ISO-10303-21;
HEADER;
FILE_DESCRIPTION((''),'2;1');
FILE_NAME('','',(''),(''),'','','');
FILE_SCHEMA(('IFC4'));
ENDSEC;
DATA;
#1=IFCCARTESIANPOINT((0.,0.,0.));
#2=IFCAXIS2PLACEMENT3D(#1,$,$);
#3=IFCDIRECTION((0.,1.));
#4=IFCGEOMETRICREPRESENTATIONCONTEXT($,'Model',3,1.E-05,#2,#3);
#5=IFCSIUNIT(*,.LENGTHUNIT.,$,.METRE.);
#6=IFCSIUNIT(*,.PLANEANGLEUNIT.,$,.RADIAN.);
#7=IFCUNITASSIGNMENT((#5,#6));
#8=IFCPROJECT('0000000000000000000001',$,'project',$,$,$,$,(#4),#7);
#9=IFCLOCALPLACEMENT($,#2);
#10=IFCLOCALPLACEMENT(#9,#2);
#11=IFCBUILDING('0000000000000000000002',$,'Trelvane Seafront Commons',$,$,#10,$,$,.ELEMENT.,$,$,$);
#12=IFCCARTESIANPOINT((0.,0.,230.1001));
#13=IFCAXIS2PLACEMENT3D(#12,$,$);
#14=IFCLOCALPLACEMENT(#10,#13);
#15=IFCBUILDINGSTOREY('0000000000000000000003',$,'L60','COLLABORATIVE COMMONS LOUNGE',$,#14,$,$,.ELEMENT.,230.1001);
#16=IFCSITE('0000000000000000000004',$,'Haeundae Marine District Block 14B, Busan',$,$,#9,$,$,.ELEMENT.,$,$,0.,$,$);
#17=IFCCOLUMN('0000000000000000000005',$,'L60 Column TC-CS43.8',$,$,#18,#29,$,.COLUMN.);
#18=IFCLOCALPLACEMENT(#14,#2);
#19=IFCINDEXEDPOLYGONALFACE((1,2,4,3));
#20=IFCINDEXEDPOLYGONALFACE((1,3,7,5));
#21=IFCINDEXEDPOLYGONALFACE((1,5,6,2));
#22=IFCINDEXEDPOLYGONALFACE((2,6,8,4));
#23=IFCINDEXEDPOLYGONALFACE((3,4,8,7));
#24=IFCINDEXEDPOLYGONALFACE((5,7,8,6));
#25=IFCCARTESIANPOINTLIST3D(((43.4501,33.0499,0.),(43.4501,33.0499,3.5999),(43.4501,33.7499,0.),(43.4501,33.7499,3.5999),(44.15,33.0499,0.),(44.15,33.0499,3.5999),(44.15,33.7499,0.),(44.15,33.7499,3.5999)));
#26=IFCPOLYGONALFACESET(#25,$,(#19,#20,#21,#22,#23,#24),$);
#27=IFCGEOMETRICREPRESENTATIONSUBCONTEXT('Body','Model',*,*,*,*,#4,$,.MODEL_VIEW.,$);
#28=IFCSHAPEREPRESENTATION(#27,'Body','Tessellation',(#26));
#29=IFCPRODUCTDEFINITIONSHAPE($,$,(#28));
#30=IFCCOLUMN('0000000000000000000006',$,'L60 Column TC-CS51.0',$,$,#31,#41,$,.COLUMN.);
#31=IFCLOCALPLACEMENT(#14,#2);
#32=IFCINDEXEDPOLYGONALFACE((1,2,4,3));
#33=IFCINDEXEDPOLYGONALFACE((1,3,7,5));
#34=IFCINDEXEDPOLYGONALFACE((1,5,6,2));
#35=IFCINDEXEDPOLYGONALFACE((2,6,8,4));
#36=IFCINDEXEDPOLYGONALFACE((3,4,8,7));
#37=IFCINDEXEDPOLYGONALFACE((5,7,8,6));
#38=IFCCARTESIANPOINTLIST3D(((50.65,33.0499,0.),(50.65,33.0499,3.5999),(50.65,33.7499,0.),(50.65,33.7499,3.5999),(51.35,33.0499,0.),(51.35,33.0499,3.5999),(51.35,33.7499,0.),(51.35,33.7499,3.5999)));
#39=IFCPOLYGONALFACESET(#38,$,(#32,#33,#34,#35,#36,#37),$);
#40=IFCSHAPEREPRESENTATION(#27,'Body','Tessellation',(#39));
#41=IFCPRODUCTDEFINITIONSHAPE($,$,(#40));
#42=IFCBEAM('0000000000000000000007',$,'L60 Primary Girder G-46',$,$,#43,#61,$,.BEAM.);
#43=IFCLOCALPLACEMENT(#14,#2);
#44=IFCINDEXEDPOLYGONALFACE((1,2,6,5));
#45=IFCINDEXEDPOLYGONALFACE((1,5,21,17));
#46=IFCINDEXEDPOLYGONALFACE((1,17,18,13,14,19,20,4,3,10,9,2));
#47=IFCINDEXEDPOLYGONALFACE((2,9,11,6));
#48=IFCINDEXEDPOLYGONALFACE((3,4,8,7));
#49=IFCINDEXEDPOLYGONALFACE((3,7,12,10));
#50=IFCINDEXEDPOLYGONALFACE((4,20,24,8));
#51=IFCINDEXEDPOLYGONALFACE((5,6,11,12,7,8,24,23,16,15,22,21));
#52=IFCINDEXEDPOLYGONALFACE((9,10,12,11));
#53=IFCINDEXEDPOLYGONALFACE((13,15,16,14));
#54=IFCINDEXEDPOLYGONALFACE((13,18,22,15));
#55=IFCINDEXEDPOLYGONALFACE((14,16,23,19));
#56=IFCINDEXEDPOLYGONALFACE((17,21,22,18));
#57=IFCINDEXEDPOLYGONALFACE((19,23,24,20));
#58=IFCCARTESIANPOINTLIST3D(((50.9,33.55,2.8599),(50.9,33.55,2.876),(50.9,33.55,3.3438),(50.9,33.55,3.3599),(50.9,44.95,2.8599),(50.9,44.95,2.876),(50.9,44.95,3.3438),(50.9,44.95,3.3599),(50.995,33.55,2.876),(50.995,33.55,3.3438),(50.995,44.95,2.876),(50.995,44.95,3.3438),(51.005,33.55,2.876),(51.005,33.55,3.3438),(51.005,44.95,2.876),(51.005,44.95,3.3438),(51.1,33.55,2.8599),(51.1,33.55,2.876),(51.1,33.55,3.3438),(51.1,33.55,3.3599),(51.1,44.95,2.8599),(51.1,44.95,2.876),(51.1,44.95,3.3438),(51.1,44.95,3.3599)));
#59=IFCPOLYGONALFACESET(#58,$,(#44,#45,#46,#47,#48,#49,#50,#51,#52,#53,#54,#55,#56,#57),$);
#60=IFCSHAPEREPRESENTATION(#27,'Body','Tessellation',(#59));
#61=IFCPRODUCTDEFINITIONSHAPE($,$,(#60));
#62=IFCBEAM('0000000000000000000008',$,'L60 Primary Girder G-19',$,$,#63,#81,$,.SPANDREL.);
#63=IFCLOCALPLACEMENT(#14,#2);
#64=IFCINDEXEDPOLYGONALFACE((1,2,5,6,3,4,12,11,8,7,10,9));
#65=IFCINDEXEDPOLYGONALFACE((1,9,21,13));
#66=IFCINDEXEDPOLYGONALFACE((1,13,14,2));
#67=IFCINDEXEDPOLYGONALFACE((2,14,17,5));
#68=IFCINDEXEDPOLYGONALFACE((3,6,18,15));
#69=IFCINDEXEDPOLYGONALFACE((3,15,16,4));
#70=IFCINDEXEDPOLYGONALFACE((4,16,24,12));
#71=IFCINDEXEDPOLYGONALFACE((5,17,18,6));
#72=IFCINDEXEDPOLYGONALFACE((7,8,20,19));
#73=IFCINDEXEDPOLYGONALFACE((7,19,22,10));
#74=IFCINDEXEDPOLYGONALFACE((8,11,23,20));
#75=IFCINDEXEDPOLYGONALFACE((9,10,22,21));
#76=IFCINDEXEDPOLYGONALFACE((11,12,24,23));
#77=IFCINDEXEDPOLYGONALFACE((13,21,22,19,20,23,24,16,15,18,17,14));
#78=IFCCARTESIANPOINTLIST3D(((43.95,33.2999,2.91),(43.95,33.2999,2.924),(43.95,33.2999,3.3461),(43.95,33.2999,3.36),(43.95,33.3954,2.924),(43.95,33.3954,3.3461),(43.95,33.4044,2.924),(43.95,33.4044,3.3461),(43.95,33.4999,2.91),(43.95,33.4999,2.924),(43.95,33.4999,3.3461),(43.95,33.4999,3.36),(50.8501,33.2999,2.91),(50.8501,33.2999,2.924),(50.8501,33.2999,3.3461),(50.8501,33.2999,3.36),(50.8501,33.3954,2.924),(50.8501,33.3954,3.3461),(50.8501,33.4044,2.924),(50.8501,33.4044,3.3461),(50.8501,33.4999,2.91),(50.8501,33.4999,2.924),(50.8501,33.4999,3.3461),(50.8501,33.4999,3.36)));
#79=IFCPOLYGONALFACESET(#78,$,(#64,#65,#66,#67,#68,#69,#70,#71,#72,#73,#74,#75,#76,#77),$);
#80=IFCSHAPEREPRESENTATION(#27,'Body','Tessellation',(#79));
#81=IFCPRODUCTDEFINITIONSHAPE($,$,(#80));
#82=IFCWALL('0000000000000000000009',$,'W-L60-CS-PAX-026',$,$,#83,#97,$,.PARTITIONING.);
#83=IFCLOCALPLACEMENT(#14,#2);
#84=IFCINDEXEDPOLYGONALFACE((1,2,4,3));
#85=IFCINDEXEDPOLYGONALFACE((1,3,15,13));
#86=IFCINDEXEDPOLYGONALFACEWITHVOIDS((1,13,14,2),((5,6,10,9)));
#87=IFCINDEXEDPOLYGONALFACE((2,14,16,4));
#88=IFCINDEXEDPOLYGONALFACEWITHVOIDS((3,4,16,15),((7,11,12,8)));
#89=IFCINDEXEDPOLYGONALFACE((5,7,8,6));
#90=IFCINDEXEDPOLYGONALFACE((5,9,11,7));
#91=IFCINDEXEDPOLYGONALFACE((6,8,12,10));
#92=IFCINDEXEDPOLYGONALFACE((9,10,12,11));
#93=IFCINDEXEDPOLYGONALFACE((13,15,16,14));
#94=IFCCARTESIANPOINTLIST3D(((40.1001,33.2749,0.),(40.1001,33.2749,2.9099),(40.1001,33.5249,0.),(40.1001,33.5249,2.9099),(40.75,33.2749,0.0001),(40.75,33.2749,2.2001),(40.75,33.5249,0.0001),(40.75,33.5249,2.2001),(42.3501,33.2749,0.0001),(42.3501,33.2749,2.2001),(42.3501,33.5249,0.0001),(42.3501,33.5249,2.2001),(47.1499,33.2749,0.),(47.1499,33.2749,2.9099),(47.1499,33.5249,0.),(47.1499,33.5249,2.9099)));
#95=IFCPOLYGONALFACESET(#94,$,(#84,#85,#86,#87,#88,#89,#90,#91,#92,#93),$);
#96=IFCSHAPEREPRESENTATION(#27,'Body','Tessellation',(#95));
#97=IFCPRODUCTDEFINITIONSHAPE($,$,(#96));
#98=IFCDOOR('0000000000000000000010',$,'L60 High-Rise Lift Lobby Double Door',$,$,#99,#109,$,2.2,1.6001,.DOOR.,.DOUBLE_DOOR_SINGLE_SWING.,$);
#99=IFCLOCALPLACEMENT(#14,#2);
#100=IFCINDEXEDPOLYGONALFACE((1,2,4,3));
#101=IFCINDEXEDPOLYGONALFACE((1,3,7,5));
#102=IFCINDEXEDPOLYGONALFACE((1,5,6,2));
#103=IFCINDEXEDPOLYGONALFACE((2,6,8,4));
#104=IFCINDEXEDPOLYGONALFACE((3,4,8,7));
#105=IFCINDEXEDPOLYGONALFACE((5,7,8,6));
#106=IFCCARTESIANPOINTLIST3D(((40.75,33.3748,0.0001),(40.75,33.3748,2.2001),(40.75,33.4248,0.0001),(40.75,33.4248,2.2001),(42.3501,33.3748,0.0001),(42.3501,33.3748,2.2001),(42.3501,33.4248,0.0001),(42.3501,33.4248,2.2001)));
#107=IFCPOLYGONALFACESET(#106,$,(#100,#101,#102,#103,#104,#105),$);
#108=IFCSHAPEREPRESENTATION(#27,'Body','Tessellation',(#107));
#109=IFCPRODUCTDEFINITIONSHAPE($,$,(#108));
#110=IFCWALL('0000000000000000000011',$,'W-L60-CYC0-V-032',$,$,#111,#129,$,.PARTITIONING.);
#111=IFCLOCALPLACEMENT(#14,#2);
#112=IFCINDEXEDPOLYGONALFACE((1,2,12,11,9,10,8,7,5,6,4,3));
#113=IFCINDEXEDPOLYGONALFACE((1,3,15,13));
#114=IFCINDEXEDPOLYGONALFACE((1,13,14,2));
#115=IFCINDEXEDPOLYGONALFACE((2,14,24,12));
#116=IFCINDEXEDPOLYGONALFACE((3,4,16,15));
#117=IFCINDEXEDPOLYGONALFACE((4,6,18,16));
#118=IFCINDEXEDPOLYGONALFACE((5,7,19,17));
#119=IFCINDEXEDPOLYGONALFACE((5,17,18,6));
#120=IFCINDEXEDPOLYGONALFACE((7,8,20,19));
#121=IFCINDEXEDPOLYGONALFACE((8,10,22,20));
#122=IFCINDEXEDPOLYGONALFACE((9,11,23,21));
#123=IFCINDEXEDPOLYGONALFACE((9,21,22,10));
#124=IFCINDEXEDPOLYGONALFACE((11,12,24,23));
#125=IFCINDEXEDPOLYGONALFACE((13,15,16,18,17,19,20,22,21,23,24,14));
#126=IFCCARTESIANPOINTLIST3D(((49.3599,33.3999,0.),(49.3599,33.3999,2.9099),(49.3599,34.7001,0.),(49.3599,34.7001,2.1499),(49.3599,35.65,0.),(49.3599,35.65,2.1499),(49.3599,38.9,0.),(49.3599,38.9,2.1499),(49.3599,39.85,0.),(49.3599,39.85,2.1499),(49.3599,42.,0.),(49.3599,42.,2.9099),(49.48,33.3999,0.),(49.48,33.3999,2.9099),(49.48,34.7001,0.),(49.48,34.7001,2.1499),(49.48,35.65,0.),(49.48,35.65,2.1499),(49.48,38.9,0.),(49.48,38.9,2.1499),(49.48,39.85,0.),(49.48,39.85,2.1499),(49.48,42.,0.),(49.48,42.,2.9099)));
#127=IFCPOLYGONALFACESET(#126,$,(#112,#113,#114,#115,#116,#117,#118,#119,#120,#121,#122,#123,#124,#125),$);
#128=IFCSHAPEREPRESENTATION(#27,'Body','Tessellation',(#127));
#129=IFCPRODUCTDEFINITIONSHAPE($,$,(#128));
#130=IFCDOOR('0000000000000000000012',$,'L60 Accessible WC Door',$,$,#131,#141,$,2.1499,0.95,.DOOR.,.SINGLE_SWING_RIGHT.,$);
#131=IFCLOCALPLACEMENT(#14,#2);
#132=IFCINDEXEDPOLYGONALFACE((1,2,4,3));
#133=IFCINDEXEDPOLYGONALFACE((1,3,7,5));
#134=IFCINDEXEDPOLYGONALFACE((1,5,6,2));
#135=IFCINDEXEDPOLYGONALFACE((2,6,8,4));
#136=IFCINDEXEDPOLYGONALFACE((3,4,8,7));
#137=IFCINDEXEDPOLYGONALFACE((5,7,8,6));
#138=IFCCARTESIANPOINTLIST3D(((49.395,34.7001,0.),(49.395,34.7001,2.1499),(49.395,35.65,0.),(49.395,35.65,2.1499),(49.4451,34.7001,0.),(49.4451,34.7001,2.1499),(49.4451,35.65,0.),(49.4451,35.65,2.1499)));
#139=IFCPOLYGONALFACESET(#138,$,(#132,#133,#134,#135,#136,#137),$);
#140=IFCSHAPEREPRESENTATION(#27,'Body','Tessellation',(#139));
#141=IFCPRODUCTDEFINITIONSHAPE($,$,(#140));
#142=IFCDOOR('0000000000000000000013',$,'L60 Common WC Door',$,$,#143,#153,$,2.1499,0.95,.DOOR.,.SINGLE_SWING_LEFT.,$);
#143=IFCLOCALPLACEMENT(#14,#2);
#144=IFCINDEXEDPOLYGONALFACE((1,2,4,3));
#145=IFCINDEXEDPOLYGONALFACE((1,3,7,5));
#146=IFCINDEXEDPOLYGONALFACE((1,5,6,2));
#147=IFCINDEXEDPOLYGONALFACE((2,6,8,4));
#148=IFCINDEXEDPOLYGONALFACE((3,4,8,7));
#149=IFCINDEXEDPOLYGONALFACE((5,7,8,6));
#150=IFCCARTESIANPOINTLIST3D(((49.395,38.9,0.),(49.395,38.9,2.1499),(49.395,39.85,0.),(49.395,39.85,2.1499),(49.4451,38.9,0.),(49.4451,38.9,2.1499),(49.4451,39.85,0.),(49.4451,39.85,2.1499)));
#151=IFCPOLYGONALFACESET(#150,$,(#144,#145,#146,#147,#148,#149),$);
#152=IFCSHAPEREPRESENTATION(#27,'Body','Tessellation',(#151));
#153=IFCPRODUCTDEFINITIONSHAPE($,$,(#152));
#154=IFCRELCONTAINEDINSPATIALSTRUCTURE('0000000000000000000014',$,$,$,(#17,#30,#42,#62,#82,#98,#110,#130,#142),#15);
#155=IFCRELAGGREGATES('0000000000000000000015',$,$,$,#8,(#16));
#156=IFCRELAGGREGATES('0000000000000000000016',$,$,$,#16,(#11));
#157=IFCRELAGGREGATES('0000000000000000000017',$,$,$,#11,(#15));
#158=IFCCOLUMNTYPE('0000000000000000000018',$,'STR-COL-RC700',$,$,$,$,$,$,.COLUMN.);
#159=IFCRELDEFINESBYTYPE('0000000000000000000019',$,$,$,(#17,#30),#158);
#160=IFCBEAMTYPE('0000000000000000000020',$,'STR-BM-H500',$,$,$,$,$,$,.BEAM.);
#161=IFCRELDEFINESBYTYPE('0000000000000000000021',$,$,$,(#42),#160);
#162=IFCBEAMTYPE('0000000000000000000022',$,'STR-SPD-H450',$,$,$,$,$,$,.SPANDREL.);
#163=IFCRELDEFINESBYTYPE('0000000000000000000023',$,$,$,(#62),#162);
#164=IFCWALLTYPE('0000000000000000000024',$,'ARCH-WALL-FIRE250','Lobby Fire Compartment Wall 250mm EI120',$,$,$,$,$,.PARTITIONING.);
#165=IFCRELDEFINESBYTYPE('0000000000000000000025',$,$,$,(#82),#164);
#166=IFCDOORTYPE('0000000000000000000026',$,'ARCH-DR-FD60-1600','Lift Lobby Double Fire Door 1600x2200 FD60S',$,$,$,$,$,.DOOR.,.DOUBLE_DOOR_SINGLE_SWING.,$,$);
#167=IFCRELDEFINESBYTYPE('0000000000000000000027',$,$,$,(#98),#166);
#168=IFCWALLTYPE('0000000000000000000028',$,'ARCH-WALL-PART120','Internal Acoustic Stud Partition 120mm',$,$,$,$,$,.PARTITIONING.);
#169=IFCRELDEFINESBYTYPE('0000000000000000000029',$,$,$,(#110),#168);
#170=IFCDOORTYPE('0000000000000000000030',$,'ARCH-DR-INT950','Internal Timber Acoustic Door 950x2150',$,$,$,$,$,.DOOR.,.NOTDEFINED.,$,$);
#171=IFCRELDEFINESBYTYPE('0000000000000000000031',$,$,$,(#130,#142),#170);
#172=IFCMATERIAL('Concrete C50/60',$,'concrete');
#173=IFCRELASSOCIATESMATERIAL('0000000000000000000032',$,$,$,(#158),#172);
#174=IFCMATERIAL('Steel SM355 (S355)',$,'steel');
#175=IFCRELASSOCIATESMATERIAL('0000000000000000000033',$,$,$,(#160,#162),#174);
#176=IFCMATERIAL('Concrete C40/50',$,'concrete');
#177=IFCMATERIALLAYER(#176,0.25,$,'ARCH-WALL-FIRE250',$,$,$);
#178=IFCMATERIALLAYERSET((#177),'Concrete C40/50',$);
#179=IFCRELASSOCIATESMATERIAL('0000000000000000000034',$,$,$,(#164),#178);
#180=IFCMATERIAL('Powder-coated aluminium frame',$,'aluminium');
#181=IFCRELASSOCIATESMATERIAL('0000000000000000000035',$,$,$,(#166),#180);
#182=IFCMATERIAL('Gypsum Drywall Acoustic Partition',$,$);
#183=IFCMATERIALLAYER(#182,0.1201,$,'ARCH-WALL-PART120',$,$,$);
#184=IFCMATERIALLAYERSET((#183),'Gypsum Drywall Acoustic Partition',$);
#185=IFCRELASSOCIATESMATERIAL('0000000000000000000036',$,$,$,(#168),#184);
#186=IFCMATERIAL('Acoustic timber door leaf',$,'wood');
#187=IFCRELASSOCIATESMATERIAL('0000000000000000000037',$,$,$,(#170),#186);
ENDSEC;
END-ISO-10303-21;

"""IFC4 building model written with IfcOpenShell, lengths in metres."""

from ifc_helpers import new_model, si_unit, direction, frame, frame_2d, origin, origin_2d, place, context, subcontext, project, spatial, rectangle, i_section, extrude, source, transform, mapped, material, layer, layer_set, material_profile, profile_set, type_object, element, fill, save


model = new_model("IFC4")

# Units and contexts
model_context = context("Model", 3, precision=1e-05, world=origin(), true_north=direction((0.0, 1.0)))
body_context = subcontext(model_context, "Body", "Model", "MODEL_VIEW")
ifc_project = project(units=[si_unit("LENGTHUNIT", "METRE"), si_unit("PLANEANGLEUNIT", "RADIAN")], contexts=[model_context])

# Site, building, storey
site_placement = place(None, origin())
site = spatial("IfcSite", under=ifc_project, at=site_placement, Name="Haeundae Marine District Block 14B, Busan", CompositionType="ELEMENT", RefElevation=0.0)
building_placement = place(site_placement, origin())
building = spatial("IfcBuilding", under=site, at=building_placement, Name="Trelvane Seafront Commons", CompositionType="ELEMENT")
storey_placement = place(building_placement, frame((0.0, 0.0, 230.1001)))
storey = spatial("IfcBuildingStorey", under=building, at=storey_placement, Name="L60", Description="COLLABORATIVE COMMONS LOUNGE", CompositionType="ELEMENT", Elevation=230.1001)

# Columns
ifc_material_1 = material(Name="Concrete C50/60", Category="concrete")
ifc_material_profile_1 = material_profile(ifc_material_1, rectangle(XDim=0.7, YDim=0.7, at=origin_2d()), Name="RC-700x700")
ifc_profile_set_1 = profile_set([ifc_material_profile_1], Name="Concrete C50/60")
column_type = type_object("IfcColumnType", Name="STR-COL-RC700", PredefinedType="COLUMN", material=ifc_profile_set_1)
shared_shape_1 = source(origin(), body_context, "Body", "SweptSolid", [
    extrude(rectangle(XDim=0.7, YDim=0.7, at=origin_2d()), origin(), (0.0, 0.0, 1.0), 3.5999),
])
for number, where, z_axis, x_axis, name in (
    (1, (43.8, 33.3999, 0.0), (0.0, 0.0, 1.0), (1.0, 0.0, 0.0), "L60 Column TC-CS43.8"),
    (2, (51.0, 33.3999, 0.0), (0.0, 0.0, 1.0), (1.0, 0.0, 0.0), "L60 Column TC-CS51.0"),
):
    element("IfcColumn", number, at=place(storey_placement, frame(where, z_axis=z_axis, x_axis=x_axis)), inside=storey, type_object=column_type, Name=name, PredefinedType="COLUMN", context=body_context, shape_type="MappedRepresentation", body=[
        mapped(shared_shape_1, transform((0.0, 0.0, 0.0), x_axis=(1.0, 0.0, 0.0), y_axis=(0.0, 1.0, 0.0), z_axis=(0.0, 0.0, 1.0), scale=1.0)),
    ])

# Beams
ifc_material_2 = material(Name="Steel SM355 (S355)", Category="steel")
ifc_material_profile_2 = material_profile(ifc_material_2, i_section(OverallWidth=0.2, OverallDepth=0.5, WebThickness=0.01, FlangeThickness=0.0161, at=origin_2d()), Name="H-500x200x10x16")
ifc_profile_set_2 = profile_set([ifc_material_profile_2], Name="Steel SM355 (S355)")
beam_type_1 = type_object("IfcBeamType", Name="STR-BM-H500", PredefinedType="BEAM", material=ifc_profile_set_2)
shared_shape_2 = source(origin(), body_context, "Body", "SweptSolid", [
    extrude(i_section(OverallWidth=0.2, OverallDepth=0.5, WebThickness=0.01, FlangeThickness=0.0161, at=origin_2d()), origin(), (0.0, 0.0, 1.0), 11.3999),
])
beam_1_placement = place(storey_placement, frame((51.0, 33.55, 3.1099), z_axis=(0.0, 1.0, 0.0), x_axis=(-1.0, 0.0, 0.0)))
element("IfcBeam", 3, at=beam_1_placement, inside=storey, type_object=beam_type_1, Name="L60 Primary Girder G-46", PredefinedType="BEAM", context=body_context, shape_type="MappedRepresentation", body=[
    mapped(shared_shape_2, transform((0.0, 0.0, 0.0), x_axis=(1.0, 0.0, 0.0), y_axis=(0.0, 1.0, 0.0), z_axis=(0.0, 0.0, 1.0), scale=1.0)),
])
ifc_material_profile_3 = material_profile(ifc_material_2, i_section(OverallWidth=0.2, OverallDepth=0.45, WebThickness=0.009, FlangeThickness=0.0139, at=origin_2d()), Name="H-450x200x9x14")
ifc_profile_set_3 = profile_set([ifc_material_profile_3], Name="Steel SM355 (S355)")
beam_type_2 = type_object("IfcBeamType", Name="STR-SPD-H450", PredefinedType="SPANDREL", material=ifc_profile_set_3)
shared_shape_3 = source(origin(), body_context, "Body", "SweptSolid", [
    extrude(i_section(OverallWidth=0.2, OverallDepth=0.45, WebThickness=0.009, FlangeThickness=0.0139, at=origin_2d()), origin(), (0.0, 0.0, 1.0), 6.9001),
])
beam_2_placement = place(storey_placement, frame((43.95, 33.3999, 3.135), z_axis=(1.0, 0.0, 0.0), x_axis=(0.0, 1.0, 0.0)))
element("IfcBeam", 4, at=beam_2_placement, inside=storey, type_object=beam_type_2, Name="L60 Primary Girder G-19", PredefinedType="SPANDREL", context=body_context, shape_type="MappedRepresentation", body=[
    mapped(shared_shape_3, transform((0.0, 0.0, 0.0), x_axis=(1.0, 0.0, 0.0), y_axis=(0.0, 1.0, 0.0), z_axis=(0.0, 0.0, 1.0), scale=1.0)),
])

# Wall, opening, door
ifc_material_3 = material(Name="Concrete C40/50", Category="concrete")
ifc_layer_1 = layer(ifc_material_3, 0.25, Name="ARCH-WALL-FIRE250")
ifc_layer_set_1 = layer_set([ifc_layer_1], Name="Concrete C40/50")
wall_type_1 = type_object("IfcWallType", Name="ARCH-WALL-FIRE250", Description="Lobby Fire Compartment Wall 250mm EI120", PredefinedType="PARTITIONING", material=ifc_layer_set_1)
wall_1_placement = place(storey_placement, frame((40.1001, 33.3999, 0.0), z_axis=(0.0, 0.0, 1.0), x_axis=(1.0, 0.0, 0.0)))
wall_1 = element("IfcWall", 5, at=wall_1_placement, inside=storey, type_object=wall_type_1, Name="W-L60-CS-PAX-026", PredefinedType="PARTITIONING", context=body_context, shape_type="SweptSolid", body=[
    extrude(rectangle(XDim=7.0498, YDim=0.25, at=frame_2d((3.5249, 0.0))), origin(), (0.0, 0.0, 1.0), 2.9099),
])
opening_1_placement = place(wall_1_placement, frame((0.6499, 0.0, 0.0)))
opening_1 = element("IfcOpeningElement", 6, at=opening_1_placement, cuts=wall_1, PredefinedType="OPENING", context=body_context, shape_type="SweptSolid", body=[
    extrude(rectangle(XDim=1.6001, YDim=2.2, at=frame_2d((0.8, 1.1001))), frame((0.0, 0.135, 0.0), z_axis=(0.0, -1.0, 0.0), x_axis=(1.0, 0.0, 0.0)), (0.0, 0.0, 1.0), 0.27),
])
ifc_material_4 = material(Name="Powder-coated aluminium frame", Category="aluminium")
door_type_1 = type_object("IfcDoorType", Name="ARCH-DR-FD60-1600", Description="Lift Lobby Double Fire Door 1600x2200 FD60S", OperationType="DOUBLE_DOOR_SINGLE_SWING", PredefinedType="DOOR", material=ifc_material_4)
shared_shape_4 = source(origin(), body_context, "Body", "SweptSolid", [
    extrude(rectangle(XDim=1.6001, YDim=2.2, at=frame_2d((0.8, 1.1001))), frame((0.0, 0.0249, 0.0), z_axis=(0.0, -1.0, 0.0), x_axis=(1.0, 0.0, 0.0)), (0.0, 0.0, 1.0), 0.05),
])
door_1_placement = place(opening_1_placement, origin())
door_1 = element("IfcDoor", 7, at=door_1_placement, inside=storey, type_object=door_type_1, Name="L60 High-Rise Lift Lobby Double Door", OperationType="DOUBLE_DOOR_SINGLE_SWING", OverallHeight=2.2, OverallWidth=1.6001, PredefinedType="DOOR", context=body_context, shape_type="MappedRepresentation", body=[
    mapped(shared_shape_4, transform((0.0, 0.0, 0.0), x_axis=(1.0, 0.0, 0.0), y_axis=(0.0, 1.0, 0.0), z_axis=(0.0, 0.0, 1.0), scale=1.0)),
])
fill(opening_1, door_1)

# Wall, openings, doors
shared_shape_5 = source(origin(), body_context, "Body", "SweptSolid", [
    extrude(rectangle(XDim=0.95, YDim=2.1499, at=frame_2d((0.4751, 1.075))), frame((0.0, 0.0249, 0.0), z_axis=(0.0, -1.0, 0.0), x_axis=(1.0, 0.0, 0.0)), (0.0, 0.0, 1.0), 0.05),
])
ifc_material_5 = material(Name="Gypsum Drywall Acoustic Partition")
ifc_layer_2 = layer(ifc_material_5, 0.1201, Name="ARCH-WALL-PART120")
ifc_layer_set_2 = layer_set([ifc_layer_2], Name="Gypsum Drywall Acoustic Partition")
wall_type_2 = type_object("IfcWallType", Name="ARCH-WALL-PART120", Description="Internal Acoustic Stud Partition 120mm", PredefinedType="PARTITIONING", material=ifc_layer_set_2)
wall_2_placement = place(storey_placement, frame((49.4199, 33.3999, 0.0), z_axis=(0.0, 0.0, 1.0), x_axis=(0.0, 1.0, 0.0)))
wall_2 = element("IfcWall", 8, at=wall_2_placement, inside=storey, type_object=wall_type_2, Name="W-L60-CYC0-V-032", PredefinedType="PARTITIONING", context=body_context, shape_type="SweptSolid", body=[
    extrude(rectangle(XDim=8.6001, YDim=0.1201, at=frame_2d((4.3, 0.0))), origin(), (0.0, 0.0, 1.0), 2.9099),
])
opening_2_placement = place(wall_2_placement, frame((1.3, 0.0, 0.0)))
opening_2 = element("IfcOpeningElement", 9, at=opening_2_placement, cuts=wall_2, PredefinedType="OPENING", context=body_context, shape_type="SweptSolid", body=[
    extrude(rectangle(XDim=0.95, YDim=2.1499, at=frame_2d((0.4751, 1.075))), frame((0.0, 0.0701, 0.0), z_axis=(0.0, -1.0, 0.0), x_axis=(1.0, 0.0, 0.0)), (0.0, 0.0, 1.0), 0.1401),
])
opening_3_placement = place(wall_2_placement, frame((5.5, 0.0, 0.0)))
opening_3 = element("IfcOpeningElement", 10, at=opening_3_placement, cuts=wall_2, PredefinedType="OPENING", context=body_context, shape_type="SweptSolid", body=[
    extrude(rectangle(XDim=0.95, YDim=2.1499, at=frame_2d((0.4751, 1.075))), frame((0.0, 0.0701, 0.0), z_axis=(0.0, -1.0, 0.0), x_axis=(1.0, 0.0, 0.0)), (0.0, 0.0, 1.0), 0.1401),
])
ifc_material_6 = material(Name="Acoustic timber door leaf", Category="wood")
door_type_2 = type_object("IfcDoorType", Name="ARCH-DR-INT950", Description="Internal Timber Acoustic Door 950x2150", OperationType="NOTDEFINED", PredefinedType="DOOR", material=ifc_material_6)
door_2_placement = place(opening_2_placement, origin())
door_2 = element("IfcDoor", 11, at=door_2_placement, inside=storey, type_object=door_type_2, Name="L60 Accessible WC Door", OperationType="SINGLE_SWING_RIGHT", OverallHeight=2.1499, OverallWidth=0.95, PredefinedType="DOOR", context=body_context, shape_type="MappedRepresentation", body=[
    mapped(shared_shape_5, transform((0.0, 0.0, 0.0), x_axis=(1.0, 0.0, 0.0), y_axis=(0.0, 1.0, 0.0), z_axis=(0.0, 0.0, 1.0), scale=1.0)),
])
fill(opening_2, door_2)
door_3_placement = place(opening_3_placement, origin())
door_3 = element("IfcDoor", 12, at=door_3_placement, inside=storey, type_object=door_type_2, Name="L60 Common WC Door", OperationType="SINGLE_SWING_LEFT", OverallHeight=2.1499, OverallWidth=0.95, PredefinedType="DOOR", context=body_context, shape_type="MappedRepresentation", body=[
    mapped(shared_shape_5, transform((0.0, 0.0, 0.0), x_axis=(1.0, 0.0, 0.0), y_axis=(0.0, 1.0, 0.0), z_axis=(0.0, 0.0, 1.0), scale=1.0)),
])
fill(opening_3, door_3)

save(model, "model.ifc")
